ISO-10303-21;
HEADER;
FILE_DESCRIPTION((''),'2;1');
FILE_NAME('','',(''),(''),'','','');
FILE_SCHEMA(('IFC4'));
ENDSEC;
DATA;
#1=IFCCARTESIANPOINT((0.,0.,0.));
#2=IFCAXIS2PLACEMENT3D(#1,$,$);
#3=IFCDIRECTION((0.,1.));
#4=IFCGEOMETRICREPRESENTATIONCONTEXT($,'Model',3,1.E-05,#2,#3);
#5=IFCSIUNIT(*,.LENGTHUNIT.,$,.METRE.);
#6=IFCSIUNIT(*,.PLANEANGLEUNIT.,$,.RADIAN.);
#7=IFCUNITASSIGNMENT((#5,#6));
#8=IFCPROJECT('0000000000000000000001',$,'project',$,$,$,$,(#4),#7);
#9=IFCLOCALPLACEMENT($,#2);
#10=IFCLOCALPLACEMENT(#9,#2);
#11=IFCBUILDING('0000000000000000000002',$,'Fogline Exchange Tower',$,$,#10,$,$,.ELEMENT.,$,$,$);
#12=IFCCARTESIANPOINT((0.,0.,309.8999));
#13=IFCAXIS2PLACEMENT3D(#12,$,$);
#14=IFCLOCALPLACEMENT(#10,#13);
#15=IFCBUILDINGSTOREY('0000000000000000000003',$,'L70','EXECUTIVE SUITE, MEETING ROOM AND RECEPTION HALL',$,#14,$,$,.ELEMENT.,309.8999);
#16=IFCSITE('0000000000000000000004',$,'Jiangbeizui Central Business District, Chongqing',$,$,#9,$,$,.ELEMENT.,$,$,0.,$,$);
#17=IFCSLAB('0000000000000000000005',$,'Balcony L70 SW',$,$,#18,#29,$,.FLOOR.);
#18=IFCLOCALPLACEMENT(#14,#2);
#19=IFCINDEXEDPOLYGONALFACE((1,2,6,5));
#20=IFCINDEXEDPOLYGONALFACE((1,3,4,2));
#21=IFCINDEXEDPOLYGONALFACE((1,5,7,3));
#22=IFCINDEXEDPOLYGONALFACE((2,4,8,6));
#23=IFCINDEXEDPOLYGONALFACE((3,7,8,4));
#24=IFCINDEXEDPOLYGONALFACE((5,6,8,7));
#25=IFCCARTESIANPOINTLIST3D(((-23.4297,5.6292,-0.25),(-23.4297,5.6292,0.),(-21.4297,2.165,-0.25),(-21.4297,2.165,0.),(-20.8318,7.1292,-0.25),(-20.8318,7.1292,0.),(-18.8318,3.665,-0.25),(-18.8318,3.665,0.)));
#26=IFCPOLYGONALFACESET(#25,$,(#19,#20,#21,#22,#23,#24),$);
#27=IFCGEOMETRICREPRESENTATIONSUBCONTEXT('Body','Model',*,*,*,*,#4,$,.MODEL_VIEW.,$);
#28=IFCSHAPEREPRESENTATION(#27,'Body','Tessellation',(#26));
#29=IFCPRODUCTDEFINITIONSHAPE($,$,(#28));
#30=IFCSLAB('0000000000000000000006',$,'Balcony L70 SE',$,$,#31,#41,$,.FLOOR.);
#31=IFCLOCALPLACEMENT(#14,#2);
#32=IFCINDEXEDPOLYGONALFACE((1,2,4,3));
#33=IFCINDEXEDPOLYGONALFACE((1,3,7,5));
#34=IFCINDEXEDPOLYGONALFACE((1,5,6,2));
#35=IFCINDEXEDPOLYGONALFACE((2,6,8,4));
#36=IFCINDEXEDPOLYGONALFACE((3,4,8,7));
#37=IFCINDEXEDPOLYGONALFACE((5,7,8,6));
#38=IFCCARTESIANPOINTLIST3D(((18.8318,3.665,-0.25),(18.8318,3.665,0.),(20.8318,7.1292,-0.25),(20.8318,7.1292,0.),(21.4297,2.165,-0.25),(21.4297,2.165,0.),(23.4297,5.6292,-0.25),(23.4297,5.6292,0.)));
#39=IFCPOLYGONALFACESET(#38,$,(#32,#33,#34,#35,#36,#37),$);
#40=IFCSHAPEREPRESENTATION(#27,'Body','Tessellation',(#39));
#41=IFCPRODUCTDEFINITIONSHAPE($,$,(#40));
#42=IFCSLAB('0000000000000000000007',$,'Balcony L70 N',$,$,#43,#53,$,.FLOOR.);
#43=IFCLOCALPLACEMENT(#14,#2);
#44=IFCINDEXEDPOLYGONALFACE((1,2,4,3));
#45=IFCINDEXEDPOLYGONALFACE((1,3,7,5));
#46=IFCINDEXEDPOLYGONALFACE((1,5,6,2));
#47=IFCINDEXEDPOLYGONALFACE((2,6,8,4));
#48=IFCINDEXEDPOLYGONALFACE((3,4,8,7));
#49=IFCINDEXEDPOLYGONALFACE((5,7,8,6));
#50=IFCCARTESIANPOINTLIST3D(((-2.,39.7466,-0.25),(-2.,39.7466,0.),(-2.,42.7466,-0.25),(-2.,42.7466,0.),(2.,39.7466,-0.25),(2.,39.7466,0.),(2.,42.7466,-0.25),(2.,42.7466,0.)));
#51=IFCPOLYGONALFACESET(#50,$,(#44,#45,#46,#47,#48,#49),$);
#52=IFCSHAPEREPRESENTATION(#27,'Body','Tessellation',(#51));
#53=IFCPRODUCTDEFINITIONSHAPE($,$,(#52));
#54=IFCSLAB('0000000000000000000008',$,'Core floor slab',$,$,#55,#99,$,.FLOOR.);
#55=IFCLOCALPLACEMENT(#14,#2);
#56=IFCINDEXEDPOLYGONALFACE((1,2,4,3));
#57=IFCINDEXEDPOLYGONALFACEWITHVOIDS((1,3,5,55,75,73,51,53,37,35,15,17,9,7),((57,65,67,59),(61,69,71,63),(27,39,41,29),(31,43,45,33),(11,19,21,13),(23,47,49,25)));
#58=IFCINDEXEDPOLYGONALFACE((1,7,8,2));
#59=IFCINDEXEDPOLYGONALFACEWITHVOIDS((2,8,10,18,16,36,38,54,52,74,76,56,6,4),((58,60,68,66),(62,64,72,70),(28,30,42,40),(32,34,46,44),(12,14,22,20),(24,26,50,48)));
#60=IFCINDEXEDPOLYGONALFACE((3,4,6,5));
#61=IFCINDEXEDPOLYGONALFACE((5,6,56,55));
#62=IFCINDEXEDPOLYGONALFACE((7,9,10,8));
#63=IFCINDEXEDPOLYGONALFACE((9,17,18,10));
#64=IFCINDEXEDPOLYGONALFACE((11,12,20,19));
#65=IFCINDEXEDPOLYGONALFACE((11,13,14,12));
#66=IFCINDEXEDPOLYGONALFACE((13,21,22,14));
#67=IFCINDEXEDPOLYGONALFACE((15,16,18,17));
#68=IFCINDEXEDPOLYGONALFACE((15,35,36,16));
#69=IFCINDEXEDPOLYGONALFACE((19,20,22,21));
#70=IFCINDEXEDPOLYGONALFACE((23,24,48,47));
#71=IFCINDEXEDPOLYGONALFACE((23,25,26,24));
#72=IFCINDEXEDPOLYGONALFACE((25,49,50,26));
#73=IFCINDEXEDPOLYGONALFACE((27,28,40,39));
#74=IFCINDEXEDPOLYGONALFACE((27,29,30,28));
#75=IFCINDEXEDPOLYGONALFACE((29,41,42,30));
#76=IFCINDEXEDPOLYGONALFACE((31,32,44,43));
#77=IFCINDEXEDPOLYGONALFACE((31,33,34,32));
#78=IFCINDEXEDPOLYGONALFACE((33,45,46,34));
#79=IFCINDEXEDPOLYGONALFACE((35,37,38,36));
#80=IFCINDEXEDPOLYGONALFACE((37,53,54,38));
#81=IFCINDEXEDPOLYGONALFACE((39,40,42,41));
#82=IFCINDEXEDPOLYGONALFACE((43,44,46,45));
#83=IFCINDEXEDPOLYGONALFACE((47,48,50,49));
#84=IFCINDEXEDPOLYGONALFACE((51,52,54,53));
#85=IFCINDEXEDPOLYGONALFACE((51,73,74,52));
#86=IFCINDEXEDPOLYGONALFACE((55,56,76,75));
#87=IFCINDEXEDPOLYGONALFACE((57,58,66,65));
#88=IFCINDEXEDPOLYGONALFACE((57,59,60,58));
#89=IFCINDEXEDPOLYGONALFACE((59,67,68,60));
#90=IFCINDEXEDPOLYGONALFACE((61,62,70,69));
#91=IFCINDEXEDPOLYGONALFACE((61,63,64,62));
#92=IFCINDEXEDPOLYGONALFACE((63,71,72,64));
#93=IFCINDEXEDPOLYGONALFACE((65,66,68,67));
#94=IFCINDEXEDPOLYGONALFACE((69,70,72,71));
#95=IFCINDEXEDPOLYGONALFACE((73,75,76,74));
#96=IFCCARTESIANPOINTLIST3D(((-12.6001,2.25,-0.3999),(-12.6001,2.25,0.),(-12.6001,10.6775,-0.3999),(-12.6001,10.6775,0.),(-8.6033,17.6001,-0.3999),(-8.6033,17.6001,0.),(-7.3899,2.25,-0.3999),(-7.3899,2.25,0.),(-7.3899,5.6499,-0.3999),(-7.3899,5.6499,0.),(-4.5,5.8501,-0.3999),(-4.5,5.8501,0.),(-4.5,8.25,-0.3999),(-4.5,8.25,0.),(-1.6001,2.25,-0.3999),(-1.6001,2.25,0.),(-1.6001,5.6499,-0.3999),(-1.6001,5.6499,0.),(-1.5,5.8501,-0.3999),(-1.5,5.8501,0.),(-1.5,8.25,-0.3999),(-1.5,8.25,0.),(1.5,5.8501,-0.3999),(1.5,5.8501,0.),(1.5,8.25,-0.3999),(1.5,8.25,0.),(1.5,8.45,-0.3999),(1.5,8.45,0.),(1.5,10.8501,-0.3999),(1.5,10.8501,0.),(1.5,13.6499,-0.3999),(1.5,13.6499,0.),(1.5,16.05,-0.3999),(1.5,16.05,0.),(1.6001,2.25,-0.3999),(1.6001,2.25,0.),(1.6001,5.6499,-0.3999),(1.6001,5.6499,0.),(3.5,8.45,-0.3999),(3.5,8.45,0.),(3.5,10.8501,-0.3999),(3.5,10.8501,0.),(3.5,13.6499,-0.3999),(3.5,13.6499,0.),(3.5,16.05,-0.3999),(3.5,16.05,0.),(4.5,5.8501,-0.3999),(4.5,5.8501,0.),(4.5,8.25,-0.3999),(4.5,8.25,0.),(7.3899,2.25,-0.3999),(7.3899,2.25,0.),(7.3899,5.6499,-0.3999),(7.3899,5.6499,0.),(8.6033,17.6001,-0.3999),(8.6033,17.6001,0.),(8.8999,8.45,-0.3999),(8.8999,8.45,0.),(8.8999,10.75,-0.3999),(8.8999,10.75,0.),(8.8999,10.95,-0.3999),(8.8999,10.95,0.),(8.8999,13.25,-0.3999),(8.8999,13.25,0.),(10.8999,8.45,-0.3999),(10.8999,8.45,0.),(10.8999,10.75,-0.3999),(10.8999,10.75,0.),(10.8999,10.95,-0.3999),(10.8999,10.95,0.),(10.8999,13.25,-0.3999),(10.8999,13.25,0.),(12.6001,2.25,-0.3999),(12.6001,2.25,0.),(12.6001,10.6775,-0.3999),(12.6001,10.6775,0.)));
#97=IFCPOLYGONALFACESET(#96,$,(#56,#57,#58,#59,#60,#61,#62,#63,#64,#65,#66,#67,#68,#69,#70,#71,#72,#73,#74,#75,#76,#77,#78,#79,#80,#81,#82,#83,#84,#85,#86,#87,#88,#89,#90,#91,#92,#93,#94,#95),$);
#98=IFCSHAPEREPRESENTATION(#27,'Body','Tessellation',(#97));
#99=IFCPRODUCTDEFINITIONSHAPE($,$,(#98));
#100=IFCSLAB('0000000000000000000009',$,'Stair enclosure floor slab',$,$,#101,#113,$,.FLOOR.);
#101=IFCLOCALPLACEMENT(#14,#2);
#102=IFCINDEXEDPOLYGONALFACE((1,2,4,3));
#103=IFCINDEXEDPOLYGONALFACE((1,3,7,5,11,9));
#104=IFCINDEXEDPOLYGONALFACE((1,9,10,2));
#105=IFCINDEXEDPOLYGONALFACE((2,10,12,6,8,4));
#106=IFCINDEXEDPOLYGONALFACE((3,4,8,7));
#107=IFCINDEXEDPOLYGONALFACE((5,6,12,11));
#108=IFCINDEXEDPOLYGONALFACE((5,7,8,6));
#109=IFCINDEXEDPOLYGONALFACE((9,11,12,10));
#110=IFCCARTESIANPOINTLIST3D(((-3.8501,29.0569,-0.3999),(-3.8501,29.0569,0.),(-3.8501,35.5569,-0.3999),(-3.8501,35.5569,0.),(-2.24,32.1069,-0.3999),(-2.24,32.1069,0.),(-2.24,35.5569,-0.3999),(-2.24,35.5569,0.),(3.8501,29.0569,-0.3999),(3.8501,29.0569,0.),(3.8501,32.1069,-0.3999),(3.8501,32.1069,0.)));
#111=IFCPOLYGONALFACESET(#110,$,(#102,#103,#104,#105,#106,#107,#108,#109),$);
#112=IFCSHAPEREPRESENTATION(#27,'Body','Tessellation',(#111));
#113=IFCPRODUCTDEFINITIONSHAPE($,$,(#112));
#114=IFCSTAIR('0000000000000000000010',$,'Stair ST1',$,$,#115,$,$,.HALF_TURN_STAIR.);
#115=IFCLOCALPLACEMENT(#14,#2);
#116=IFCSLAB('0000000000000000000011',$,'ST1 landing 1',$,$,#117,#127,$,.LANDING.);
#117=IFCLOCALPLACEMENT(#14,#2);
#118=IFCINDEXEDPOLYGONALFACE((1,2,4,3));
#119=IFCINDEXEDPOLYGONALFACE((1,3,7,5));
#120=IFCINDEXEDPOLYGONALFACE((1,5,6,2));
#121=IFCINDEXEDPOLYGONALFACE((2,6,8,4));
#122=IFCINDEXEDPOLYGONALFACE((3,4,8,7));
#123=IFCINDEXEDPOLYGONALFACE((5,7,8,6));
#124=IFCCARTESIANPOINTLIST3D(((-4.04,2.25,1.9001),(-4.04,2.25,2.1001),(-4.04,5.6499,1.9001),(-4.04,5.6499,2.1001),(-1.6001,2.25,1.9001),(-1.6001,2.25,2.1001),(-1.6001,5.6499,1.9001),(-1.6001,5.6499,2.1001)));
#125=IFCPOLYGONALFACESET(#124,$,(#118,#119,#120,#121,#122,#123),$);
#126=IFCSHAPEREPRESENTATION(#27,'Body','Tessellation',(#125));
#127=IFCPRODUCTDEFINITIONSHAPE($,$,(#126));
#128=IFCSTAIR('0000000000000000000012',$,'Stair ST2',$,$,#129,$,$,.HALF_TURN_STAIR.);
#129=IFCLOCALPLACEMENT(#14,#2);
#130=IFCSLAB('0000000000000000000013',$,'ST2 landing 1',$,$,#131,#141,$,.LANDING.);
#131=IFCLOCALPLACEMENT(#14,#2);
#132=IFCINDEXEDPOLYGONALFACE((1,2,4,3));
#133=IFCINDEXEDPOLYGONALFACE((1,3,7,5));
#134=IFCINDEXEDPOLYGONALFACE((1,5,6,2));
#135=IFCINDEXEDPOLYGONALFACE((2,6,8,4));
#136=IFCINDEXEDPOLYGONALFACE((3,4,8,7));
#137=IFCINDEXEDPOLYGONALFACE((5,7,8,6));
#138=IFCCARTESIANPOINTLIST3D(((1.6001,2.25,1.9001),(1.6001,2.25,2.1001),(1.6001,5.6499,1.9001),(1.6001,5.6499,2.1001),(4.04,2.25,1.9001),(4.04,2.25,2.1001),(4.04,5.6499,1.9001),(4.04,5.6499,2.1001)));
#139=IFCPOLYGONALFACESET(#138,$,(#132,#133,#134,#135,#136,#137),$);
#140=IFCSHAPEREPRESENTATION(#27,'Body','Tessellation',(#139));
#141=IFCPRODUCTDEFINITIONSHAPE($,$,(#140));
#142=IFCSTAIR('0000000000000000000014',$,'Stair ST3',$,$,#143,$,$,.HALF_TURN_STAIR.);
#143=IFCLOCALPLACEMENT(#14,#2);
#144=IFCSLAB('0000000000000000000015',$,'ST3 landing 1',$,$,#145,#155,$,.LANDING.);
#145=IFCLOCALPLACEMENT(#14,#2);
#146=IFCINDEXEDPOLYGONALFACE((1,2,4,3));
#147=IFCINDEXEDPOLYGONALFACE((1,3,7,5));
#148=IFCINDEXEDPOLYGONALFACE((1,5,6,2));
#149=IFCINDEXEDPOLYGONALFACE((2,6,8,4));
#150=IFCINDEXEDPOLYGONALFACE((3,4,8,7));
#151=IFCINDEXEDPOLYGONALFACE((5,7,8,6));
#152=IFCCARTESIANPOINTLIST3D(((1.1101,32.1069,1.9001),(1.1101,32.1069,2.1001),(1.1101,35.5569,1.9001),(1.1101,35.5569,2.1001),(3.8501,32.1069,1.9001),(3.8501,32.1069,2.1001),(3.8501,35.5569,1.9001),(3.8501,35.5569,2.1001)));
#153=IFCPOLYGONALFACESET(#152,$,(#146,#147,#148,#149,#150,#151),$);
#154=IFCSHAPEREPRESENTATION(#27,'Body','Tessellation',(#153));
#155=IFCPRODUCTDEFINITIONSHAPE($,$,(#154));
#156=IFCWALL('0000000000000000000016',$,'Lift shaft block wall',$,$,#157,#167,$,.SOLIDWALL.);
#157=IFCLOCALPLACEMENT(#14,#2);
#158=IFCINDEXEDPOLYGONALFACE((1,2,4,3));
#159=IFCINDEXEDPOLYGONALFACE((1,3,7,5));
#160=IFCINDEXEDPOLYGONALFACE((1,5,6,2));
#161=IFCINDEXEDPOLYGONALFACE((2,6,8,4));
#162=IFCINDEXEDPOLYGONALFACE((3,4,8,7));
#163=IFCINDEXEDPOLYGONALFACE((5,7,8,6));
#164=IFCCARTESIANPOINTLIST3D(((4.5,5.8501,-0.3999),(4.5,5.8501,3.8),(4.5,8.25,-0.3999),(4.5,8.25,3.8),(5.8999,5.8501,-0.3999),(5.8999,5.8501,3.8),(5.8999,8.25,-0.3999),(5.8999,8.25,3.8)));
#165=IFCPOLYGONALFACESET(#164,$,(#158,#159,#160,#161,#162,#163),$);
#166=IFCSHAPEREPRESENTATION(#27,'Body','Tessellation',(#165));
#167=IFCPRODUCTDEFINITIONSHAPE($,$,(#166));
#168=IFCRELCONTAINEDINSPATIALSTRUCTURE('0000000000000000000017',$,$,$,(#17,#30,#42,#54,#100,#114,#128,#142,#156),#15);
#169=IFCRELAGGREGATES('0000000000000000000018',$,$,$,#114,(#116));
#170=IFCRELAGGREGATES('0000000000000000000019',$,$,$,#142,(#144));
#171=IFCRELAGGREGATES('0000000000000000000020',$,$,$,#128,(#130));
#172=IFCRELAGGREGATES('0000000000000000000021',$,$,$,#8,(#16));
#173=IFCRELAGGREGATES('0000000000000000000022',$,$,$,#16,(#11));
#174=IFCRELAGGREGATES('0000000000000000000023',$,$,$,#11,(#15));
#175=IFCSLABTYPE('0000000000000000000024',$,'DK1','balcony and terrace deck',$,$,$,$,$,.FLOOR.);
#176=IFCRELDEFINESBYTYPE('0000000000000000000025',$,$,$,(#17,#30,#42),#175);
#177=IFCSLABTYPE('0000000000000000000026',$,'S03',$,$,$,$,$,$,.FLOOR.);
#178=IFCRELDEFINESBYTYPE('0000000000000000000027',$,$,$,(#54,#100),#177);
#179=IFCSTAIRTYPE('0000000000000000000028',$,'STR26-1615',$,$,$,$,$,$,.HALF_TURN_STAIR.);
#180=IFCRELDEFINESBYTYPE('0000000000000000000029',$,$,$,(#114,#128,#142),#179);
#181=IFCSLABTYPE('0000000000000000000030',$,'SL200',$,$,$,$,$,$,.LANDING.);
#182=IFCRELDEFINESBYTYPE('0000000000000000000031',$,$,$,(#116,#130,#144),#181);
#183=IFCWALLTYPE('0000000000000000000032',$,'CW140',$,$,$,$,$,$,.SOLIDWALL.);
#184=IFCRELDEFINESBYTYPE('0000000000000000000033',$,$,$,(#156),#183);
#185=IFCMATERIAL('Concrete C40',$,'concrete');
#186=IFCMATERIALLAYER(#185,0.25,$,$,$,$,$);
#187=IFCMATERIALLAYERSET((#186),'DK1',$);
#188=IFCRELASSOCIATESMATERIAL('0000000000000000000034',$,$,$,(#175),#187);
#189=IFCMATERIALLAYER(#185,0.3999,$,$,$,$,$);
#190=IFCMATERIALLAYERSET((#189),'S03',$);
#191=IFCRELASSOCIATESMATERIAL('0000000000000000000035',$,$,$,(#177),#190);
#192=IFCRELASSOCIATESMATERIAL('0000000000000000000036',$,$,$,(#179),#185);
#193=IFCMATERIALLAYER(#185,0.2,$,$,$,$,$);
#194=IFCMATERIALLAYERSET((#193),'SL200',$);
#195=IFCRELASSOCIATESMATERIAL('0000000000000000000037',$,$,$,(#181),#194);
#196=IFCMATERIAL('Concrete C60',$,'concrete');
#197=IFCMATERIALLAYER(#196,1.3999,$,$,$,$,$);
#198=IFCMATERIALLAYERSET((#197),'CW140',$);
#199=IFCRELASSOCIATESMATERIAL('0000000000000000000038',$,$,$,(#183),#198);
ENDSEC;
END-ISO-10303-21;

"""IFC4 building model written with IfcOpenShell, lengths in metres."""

from ifc_helpers import new_model, si_unit, direction, frame, frame_2d, origin, place, context, subcontext, project, spatial, polyline, rectangle, outline, extrude, material, layer, layer_set, type_object, element, aggregate, save


model = new_model("IFC4")

# Units and contexts
model_context = context("Model", 3, precision=1e-05, world=origin(), true_north=direction((0.0, 1.0)))
body_context = subcontext(model_context, "Body", "Model", "MODEL_VIEW")
ifc_project = project(units=[si_unit("LENGTHUNIT", "METRE"), si_unit("PLANEANGLEUNIT", "RADIAN")], contexts=[model_context])

# Site, building, storey
site_placement = place(None, origin())
site = spatial("IfcSite", under=ifc_project, at=site_placement, Name="Jiangbeizui Central Business District, Chongqing", CompositionType="ELEMENT", RefElevation=0.0)
building_placement = place(site_placement, origin())
building = spatial("IfcBuilding", under=site, at=building_placement, Name="Fogline Exchange Tower", CompositionType="ELEMENT")
storey_placement = place(building_placement, frame((0.0, 0.0, 309.8999)))
storey = spatial("IfcBuildingStorey", under=building, at=storey_placement, Name="L70", Description="EXECUTIVE SUITE, MEETING ROOM AND RECEPTION HALL", CompositionType="ELEMENT", Elevation=309.8999)

# Slabs
ifc_material_1 = material(Name="Concrete C40", Category="concrete")
ifc_layer_1 = layer(ifc_material_1, 0.25)
ifc_layer_set_1 = layer_set([ifc_layer_1], Name="DK1")
slab_type_1 = type_object("IfcSlabType", Name="DK1", Description="balcony and terrace deck", PredefinedType="FLOOR", material=ifc_layer_set_1)
slab_1_placement = place(storey_placement, frame((0.0, 0.0, -0.25)))
element("IfcSlab", 1, at=slab_1_placement, inside=storey, type_object=slab_type_1, Name="Balcony L70 SW", PredefinedType="FLOOR", context=body_context, shape_type="SweptSolid", body=[
    extrude(outline(polyline([(-23.4297, 5.6292), (-21.4297, 2.165), (-18.8318, 3.665), (-20.8318, 7.1292), (-23.4297, 5.6292)])), origin(), (0.0, 0.0, 1.0), 0.25),
])
slab_2_placement = place(storey_placement, frame((0.0, 0.0, -0.25)))
element("IfcSlab", 2, at=slab_2_placement, inside=storey, type_object=slab_type_1, Name="Balcony L70 SE", PredefinedType="FLOOR", context=body_context, shape_type="SweptSolid", body=[
    extrude(outline(polyline([(21.4297, 2.165), (23.4297, 5.6292), (20.8318, 7.1292), (18.8318, 3.665), (21.4297, 2.165)])), origin(), (0.0, 0.0, 1.0), 0.25),
])
slab_3_placement = place(storey_placement, frame((0.0, 0.0, -0.25)))
element("IfcSlab", 3, at=slab_3_placement, inside=storey, type_object=slab_type_1, Name="Balcony L70 N", PredefinedType="FLOOR", context=body_context, shape_type="SweptSolid", body=[
    extrude(outline(polyline([(2.0, 42.7466), (-2.0, 42.7466), (-2.0, 39.7466), (2.0, 39.7466), (2.0, 42.7466)])), origin(), (0.0, 0.0, 1.0), 0.25),
])
ifc_layer_2 = layer(ifc_material_1, 0.3999)
ifc_layer_set_2 = layer_set([ifc_layer_2], Name="S03")
slab_type_2 = type_object("IfcSlabType", Name="S03", PredefinedType="FLOOR", material=ifc_layer_set_2)
slab_4_placement = place(storey_placement, frame((0.0, 0.0, -0.3999)))
element("IfcSlab", 4, at=slab_4_placement, inside=storey, type_object=slab_type_2, Name="Core floor slab", PredefinedType="FLOOR", context=body_context, shape_type="SweptSolid", body=[
    extrude(outline(polyline([(-12.6001, 2.25), (-12.6001, 10.6775), (-8.6033, 17.6001), (8.6033, 17.6001), (12.6001, 10.6775), (12.6001, 2.25), (7.3899, 2.25), (7.3899, 5.6499), (1.6001, 5.6499), (1.6001, 2.25), (-1.6001, 2.25), (-1.6001, 5.6499), (-7.3899, 5.6499), (-7.3899, 2.25), (-12.6001, 2.25)]), holes=[polyline([(-4.5, 8.25), (-4.5, 5.8501), (-1.5, 5.8501), (-1.5, 8.25), (-4.5, 8.25)]), polyline([(1.5, 8.25), (1.5, 5.8501), (4.5, 5.8501), (4.5, 8.25), (1.5, 8.25)]), polyline([(8.8999, 10.75), (8.8999, 8.45), (10.8999, 8.45), (10.8999, 10.75), (8.8999, 10.75)]), polyline([(1.5, 10.8501), (1.5, 8.45), (3.5, 8.45), (3.5, 10.8501), (1.5, 10.8501)]), polyline([(8.8999, 13.25), (8.8999, 10.95), (10.8999, 10.95), (10.8999, 13.25), (8.8999, 13.25)]), polyline([(1.5, 16.05), (1.5, 13.6499), (3.5, 13.6499), (3.5, 16.05), (1.5, 16.05)])]), origin(), (0.0, 0.0, 1.0), 0.3999),
])
slab_5_placement = place(storey_placement, frame((0.0, 0.0, -0.3999)))
element("IfcSlab", 5, at=slab_5_placement, inside=storey, type_object=slab_type_2, Name="Stair enclosure floor slab", PredefinedType="FLOOR", context=body_context, shape_type="SweptSolid", body=[
    extrude(outline(polyline([(3.8501, 29.0569), (-3.8501, 29.0569), (-3.8501, 35.5569), (-2.24, 35.5569), (-2.24, 32.1069), (3.8501, 32.1069), (3.8501, 29.0569)])), origin(), (0.0, 0.0, 1.0), 0.3999),
])

# Stairs, slabs
stair_type = type_object("IfcStairType", Name="STR26-1615", PredefinedType="HALF_TURN_STAIR", material=ifc_material_1)
stair_1_placement = place(storey_placement, origin())
stair_1 = element("IfcStair", 6, at=stair_1_placement, inside=storey, type_object=stair_type, Name="Stair ST1", PredefinedType="HALF_TURN_STAIR")
ifc_layer_3 = layer(ifc_material_1, 0.2)
ifc_layer_set_3 = layer_set([ifc_layer_3], Name="SL200")
slab_type_3 = type_object("IfcSlabType", Name="SL200", PredefinedType="LANDING", material=ifc_layer_set_3)
slab_6_placement = place(storey_placement, frame((0.0, 0.0, 1.9001)))
slab_6 = element("IfcSlab", 7, at=slab_6_placement, type_object=slab_type_3, Name="ST1 landing 1", PredefinedType="LANDING", context=body_context, shape_type="SweptSolid", body=[
    extrude(outline(polyline([(-4.04, 2.25), (-1.6001, 2.25), (-1.6001, 5.6499), (-4.04, 5.6499), (-4.04, 2.25)])), origin(), (0.0, 0.0, 1.0), 0.2),
])
aggregate(stair_1, [slab_6])
stair_2_placement = place(storey_placement, origin())
stair_2 = element("IfcStair", 8, at=stair_2_placement, inside=storey, type_object=stair_type, Name="Stair ST2", PredefinedType="HALF_TURN_STAIR")
slab_7_placement = place(storey_placement, frame((0.0, 0.0, 1.9001)))
slab_7 = element("IfcSlab", 9, at=slab_7_placement, type_object=slab_type_3, Name="ST2 landing 1", PredefinedType="LANDING", context=body_context, shape_type="SweptSolid", body=[
    extrude(outline(polyline([(1.6001, 2.25), (4.04, 2.25), (4.04, 5.6499), (1.6001, 5.6499), (1.6001, 2.25)])), origin(), (0.0, 0.0, 1.0), 0.2),
])
stair_3_placement = place(storey_placement, origin())
stair_3 = element("IfcStair", 10, at=stair_3_placement, inside=storey, type_object=stair_type, Name="Stair ST3", PredefinedType="HALF_TURN_STAIR")
slab_8_placement = place(storey_placement, frame((0.0, 0.0, 1.9001)))
slab_8 = element("IfcSlab", 11, at=slab_8_placement, type_object=slab_type_3, Name="ST3 landing 1", PredefinedType="LANDING", context=body_context, shape_type="SweptSolid", body=[
    extrude(outline(polyline([(1.1101, 32.1069), (3.8501, 32.1069), (3.8501, 35.5569), (1.1101, 35.5569), (1.1101, 32.1069)])), origin(), (0.0, 0.0, 1.0), 0.2),
])
aggregate(stair_3, [slab_8])

# Wall
ifc_material_2 = material(Name="Concrete C60", Category="concrete")
ifc_layer_4 = layer(ifc_material_2, 1.3999)
ifc_layer_set_4 = layer_set([ifc_layer_4], Name="CW140")
wall_type_1 = type_object("IfcWallType", Name="CW140", PredefinedType="SOLIDWALL", material=ifc_layer_set_4)
wall_1_placement = place(storey_placement, frame((5.2, 5.8501, -0.3999), z_axis=(0.0, 0.0, 1.0), x_axis=(0.0, 1.0, 0.0)))
element("IfcWall", 12, at=wall_1_placement, inside=storey, type_object=wall_type_1, Name="Lift shaft block wall", PredefinedType="SOLIDWALL", context=body_context, shape_type="SweptSolid", body=[
    extrude(rectangle(XDim=2.3999, YDim=1.3999, at=frame_2d((1.2, 0.0))), origin(), (0.0, 0.0, 1.0), 4.2),
])

aggregate(stair_2, [slab_7])

save(model, "model.ifc")
